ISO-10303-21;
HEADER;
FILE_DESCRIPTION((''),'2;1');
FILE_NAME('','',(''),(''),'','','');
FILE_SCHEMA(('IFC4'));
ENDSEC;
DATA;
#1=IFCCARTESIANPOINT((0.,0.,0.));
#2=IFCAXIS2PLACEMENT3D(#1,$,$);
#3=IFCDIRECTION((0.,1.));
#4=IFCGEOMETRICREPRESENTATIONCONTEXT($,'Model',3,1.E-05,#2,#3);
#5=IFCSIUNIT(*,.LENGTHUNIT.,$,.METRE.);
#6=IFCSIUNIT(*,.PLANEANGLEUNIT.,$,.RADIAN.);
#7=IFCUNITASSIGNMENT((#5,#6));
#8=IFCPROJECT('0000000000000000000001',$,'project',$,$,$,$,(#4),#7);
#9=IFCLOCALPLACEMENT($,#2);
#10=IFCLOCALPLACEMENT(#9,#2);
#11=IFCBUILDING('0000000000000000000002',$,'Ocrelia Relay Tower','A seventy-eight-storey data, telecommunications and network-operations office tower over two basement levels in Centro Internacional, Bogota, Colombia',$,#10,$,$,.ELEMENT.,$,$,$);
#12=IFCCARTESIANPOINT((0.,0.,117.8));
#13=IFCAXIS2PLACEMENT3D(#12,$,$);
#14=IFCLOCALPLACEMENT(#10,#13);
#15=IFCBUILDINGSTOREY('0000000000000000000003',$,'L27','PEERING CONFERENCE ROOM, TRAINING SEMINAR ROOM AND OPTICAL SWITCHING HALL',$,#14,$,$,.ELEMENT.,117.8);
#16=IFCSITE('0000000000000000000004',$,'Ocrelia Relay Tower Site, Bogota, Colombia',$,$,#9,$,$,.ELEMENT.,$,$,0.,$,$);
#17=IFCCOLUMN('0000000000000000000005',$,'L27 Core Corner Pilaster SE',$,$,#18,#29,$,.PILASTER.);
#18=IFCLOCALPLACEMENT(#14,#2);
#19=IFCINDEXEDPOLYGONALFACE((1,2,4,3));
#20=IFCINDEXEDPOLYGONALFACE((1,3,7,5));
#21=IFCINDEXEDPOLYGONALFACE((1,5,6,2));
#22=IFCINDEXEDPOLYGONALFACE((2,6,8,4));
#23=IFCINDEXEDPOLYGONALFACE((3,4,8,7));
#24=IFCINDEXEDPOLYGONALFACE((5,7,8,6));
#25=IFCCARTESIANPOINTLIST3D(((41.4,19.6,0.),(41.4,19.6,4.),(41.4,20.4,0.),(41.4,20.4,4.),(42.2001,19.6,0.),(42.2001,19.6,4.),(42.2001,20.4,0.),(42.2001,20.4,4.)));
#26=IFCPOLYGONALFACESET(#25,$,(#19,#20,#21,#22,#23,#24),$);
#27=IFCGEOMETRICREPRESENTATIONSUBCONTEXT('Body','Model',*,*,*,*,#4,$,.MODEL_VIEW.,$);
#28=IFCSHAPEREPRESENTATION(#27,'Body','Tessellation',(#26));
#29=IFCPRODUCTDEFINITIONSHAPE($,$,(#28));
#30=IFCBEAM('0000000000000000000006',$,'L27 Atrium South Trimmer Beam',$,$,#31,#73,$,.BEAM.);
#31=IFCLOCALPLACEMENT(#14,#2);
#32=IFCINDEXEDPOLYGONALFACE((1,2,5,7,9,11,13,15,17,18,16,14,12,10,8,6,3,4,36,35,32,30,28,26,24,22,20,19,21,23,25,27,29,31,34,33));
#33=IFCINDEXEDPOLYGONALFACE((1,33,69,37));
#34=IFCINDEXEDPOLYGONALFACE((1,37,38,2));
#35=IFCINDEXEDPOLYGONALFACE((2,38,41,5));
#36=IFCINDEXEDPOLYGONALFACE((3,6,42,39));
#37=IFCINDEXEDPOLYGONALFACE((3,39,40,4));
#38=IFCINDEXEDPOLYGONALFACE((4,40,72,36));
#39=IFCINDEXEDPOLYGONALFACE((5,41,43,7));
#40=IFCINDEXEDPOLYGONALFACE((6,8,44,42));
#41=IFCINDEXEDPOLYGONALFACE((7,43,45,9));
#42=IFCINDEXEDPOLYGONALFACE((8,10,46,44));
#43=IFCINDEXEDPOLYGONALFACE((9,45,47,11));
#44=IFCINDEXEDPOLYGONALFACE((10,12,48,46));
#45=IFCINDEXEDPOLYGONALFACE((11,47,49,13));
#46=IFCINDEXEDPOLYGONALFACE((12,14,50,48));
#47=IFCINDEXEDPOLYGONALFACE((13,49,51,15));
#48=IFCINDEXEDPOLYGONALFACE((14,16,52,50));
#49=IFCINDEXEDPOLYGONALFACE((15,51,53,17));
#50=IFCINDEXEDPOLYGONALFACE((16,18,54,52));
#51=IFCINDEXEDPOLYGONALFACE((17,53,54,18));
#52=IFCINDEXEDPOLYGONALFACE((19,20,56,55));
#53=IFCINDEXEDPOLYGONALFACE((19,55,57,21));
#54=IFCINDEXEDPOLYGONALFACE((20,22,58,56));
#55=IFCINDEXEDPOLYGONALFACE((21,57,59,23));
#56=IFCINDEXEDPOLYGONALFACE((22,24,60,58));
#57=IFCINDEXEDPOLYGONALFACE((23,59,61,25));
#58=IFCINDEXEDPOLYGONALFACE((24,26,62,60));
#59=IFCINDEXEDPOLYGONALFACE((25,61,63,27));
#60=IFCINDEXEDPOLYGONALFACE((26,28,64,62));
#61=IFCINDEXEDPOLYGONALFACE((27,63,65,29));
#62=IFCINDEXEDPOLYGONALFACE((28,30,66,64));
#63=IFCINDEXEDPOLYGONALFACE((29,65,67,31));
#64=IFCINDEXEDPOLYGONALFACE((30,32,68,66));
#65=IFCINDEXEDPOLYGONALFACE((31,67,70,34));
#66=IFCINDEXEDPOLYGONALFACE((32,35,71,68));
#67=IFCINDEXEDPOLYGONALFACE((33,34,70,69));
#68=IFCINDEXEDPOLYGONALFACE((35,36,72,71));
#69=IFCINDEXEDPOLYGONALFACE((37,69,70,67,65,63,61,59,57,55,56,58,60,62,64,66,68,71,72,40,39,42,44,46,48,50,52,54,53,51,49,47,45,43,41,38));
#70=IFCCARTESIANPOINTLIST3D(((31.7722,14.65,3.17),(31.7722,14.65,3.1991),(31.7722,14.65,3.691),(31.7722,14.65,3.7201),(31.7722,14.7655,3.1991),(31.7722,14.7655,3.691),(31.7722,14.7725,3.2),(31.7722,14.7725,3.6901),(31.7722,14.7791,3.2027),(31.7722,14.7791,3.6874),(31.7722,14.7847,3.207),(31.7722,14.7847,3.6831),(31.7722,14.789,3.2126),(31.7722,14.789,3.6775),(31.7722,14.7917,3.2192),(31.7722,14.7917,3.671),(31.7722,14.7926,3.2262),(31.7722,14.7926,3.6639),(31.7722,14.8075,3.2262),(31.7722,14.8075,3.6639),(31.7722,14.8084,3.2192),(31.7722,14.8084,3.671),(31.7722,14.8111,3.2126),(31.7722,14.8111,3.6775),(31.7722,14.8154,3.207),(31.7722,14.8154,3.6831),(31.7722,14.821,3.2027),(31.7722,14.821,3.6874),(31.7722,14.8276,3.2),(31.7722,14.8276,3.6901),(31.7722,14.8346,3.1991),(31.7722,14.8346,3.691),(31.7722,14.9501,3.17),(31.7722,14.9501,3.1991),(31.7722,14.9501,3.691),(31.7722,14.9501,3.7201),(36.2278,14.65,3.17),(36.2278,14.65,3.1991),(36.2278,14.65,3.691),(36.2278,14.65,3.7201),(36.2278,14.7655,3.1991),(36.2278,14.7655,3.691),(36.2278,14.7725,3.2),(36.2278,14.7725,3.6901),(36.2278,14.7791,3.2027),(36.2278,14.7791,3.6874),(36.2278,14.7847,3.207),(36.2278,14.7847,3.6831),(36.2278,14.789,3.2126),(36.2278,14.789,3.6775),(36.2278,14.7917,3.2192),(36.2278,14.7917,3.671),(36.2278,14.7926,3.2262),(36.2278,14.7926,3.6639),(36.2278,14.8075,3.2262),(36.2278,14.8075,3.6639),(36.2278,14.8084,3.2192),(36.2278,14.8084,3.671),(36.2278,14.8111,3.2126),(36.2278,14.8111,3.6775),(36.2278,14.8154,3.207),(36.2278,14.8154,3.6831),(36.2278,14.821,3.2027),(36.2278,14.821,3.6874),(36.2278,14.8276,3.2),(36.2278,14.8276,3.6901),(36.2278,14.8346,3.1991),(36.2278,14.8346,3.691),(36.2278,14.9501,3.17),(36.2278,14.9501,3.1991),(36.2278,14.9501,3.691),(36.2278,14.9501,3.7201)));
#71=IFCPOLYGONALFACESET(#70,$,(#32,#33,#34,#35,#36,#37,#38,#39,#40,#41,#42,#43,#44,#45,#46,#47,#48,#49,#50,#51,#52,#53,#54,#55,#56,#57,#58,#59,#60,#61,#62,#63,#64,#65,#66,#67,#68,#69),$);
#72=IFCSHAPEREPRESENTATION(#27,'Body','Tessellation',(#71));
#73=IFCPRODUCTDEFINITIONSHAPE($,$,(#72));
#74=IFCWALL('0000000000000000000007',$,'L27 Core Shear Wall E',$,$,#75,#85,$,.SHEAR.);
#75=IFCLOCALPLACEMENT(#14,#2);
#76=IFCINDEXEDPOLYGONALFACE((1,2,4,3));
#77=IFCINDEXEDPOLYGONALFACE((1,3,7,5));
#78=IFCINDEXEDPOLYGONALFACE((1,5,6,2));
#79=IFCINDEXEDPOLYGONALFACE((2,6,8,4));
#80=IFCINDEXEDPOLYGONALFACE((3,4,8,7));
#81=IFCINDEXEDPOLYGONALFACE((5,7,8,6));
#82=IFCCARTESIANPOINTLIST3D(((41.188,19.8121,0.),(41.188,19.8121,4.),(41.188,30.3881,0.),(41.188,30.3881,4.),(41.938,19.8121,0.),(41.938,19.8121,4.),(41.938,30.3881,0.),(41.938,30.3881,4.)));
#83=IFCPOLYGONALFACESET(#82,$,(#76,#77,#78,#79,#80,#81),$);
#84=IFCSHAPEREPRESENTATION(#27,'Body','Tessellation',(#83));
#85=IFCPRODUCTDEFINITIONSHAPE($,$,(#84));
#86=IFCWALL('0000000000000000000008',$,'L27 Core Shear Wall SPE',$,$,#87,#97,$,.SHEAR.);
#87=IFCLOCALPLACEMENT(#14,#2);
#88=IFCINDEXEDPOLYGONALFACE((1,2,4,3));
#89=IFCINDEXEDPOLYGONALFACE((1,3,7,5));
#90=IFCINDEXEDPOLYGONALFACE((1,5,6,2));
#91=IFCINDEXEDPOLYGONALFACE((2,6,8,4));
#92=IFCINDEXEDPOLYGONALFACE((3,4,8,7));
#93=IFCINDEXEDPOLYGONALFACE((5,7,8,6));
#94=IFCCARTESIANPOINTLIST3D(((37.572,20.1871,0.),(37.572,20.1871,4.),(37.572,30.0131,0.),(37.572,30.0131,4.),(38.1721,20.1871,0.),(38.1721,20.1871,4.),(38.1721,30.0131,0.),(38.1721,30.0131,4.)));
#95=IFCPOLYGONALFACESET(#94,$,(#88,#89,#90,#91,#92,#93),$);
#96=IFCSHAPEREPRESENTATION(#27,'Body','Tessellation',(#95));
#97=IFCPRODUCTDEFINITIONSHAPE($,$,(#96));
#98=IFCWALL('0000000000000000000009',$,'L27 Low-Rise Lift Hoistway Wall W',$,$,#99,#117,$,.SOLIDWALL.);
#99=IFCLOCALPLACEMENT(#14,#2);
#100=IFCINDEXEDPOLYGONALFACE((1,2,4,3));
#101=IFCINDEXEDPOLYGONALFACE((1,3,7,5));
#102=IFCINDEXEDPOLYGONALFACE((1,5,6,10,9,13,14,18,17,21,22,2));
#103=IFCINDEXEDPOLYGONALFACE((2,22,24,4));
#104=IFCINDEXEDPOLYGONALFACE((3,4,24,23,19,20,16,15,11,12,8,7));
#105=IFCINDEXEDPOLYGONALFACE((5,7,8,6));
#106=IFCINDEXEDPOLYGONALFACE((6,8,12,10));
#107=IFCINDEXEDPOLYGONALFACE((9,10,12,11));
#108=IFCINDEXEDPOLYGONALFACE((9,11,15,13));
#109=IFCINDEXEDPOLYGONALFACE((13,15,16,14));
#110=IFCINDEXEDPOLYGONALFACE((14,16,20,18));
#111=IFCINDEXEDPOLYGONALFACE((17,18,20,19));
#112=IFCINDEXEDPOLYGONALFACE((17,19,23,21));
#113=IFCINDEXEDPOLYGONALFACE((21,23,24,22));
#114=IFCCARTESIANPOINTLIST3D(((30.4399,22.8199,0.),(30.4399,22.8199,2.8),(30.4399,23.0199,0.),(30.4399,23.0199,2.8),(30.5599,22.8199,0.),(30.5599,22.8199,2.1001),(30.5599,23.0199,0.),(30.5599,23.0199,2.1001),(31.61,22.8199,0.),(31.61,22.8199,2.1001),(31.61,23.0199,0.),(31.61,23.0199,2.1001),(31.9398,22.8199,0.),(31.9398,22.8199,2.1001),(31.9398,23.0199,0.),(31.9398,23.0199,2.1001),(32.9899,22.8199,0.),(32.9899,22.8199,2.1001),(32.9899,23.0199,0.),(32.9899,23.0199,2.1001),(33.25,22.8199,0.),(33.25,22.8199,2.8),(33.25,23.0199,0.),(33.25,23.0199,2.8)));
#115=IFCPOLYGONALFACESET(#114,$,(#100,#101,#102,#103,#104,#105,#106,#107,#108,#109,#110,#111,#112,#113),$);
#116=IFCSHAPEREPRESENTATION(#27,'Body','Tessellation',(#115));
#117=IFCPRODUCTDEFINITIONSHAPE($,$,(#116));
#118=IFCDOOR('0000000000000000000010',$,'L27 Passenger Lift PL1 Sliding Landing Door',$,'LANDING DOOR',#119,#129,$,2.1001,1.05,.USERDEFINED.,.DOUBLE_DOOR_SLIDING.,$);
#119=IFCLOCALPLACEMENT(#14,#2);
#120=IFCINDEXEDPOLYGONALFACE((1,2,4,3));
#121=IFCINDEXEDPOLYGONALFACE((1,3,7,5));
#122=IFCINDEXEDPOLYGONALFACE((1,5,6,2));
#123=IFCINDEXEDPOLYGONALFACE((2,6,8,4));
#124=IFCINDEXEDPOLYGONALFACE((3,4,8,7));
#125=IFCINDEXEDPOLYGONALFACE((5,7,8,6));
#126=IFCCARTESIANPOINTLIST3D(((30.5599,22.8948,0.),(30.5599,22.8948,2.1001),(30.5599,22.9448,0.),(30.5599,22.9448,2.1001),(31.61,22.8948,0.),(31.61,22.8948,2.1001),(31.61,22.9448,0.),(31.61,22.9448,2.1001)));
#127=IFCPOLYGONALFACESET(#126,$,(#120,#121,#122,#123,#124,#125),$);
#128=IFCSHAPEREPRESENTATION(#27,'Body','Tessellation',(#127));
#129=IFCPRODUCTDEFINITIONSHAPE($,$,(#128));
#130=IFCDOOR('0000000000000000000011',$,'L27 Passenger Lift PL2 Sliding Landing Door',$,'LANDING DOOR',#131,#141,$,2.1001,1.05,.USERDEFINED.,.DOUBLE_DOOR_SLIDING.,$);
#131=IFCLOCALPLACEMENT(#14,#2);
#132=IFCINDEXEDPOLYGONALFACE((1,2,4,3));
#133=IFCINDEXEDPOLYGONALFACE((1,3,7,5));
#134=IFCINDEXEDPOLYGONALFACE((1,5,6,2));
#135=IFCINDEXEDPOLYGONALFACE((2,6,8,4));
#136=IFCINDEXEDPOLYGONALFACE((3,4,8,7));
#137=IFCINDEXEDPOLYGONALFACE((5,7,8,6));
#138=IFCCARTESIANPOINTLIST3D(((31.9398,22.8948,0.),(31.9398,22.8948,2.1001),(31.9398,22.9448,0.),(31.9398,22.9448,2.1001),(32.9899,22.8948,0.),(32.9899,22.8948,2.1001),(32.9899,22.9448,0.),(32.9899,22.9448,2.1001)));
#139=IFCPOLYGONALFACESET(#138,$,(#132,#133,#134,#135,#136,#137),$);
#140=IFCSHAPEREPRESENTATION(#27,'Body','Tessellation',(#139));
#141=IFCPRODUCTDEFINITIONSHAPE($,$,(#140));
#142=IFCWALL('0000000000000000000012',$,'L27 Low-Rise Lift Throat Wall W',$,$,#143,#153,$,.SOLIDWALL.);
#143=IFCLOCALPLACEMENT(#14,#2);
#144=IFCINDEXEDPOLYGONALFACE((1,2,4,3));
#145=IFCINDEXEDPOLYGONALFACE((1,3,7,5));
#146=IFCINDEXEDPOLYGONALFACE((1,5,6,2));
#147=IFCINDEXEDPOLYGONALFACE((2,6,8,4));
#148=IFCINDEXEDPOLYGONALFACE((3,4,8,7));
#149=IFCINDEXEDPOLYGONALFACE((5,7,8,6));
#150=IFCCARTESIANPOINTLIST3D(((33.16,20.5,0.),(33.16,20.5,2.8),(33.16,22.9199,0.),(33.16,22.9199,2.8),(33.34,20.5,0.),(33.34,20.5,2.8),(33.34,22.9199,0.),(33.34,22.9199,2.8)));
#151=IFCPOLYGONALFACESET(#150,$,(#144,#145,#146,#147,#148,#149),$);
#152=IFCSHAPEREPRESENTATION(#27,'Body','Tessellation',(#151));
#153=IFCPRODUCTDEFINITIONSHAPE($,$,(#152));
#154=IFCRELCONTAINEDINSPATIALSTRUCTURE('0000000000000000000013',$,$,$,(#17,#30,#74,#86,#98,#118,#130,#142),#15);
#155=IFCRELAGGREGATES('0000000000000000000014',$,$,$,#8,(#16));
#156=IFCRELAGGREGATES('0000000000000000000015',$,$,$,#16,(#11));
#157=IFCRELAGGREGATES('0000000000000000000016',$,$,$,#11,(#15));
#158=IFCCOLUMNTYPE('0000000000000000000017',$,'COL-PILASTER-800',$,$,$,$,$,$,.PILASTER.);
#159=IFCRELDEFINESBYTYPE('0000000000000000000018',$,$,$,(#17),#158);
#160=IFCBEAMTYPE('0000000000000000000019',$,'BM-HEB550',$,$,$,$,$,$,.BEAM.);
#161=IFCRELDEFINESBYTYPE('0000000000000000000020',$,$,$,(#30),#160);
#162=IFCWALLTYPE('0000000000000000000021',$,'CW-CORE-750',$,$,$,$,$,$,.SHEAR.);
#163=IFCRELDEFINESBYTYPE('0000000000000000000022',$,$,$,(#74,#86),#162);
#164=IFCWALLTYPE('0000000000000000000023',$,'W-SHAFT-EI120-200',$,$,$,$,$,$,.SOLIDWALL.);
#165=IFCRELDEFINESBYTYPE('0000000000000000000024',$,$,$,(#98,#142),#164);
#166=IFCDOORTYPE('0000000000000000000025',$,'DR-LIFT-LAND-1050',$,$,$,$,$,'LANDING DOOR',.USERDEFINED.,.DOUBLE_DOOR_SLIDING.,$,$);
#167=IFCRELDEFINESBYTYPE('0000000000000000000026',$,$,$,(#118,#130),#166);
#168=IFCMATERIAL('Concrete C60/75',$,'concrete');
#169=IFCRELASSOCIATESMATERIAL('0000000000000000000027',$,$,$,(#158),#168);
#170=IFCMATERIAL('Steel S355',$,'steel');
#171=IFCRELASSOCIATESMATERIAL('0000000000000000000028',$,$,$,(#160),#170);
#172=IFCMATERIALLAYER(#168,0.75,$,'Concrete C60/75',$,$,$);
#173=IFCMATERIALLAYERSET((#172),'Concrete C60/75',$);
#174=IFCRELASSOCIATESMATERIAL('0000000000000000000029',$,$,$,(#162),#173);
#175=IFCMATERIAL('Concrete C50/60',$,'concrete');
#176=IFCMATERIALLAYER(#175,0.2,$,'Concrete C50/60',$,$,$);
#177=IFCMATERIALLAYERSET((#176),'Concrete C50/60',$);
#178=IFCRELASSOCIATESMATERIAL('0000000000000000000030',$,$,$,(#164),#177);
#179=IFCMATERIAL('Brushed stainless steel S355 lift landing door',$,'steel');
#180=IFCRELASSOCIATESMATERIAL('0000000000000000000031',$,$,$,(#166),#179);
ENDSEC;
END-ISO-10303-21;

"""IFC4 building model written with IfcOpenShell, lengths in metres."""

from ifc_helpers import new_model, si_unit, direction, frame, frame_2d, origin, origin_2d, place, context, subcontext, project, spatial, rectangle, i_section, extrude, material, layer, layer_set, material_profile, profile_set, type_object, element, fill, save


model = new_model("IFC4")

# Units and contexts
model_context = context("Model", 3, precision=1e-05, world=origin(), true_north=direction((0.0, 1.0)))
body_context = subcontext(model_context, "Body", "Model", "MODEL_VIEW")
ifc_project = project(units=[si_unit("LENGTHUNIT", "METRE"), si_unit("PLANEANGLEUNIT", "RADIAN")], contexts=[model_context])

# Site, building, storey
site_placement = place(None, origin())
site = spatial("IfcSite", under=ifc_project, at=site_placement, Name="Ocrelia Relay Tower Site, Bogota, Colombia", CompositionType="ELEMENT", RefElevation=0.0)
building_placement = place(site_placement, origin())
building = spatial("IfcBuilding", under=site, at=building_placement, Name="Ocrelia Relay Tower", Description="A seventy-eight-storey data, telecommunications and network-operations office tower over two basement levels in Centro Internacional, Bogota, Colombia", CompositionType="ELEMENT")
storey_placement = place(building_placement, frame((0.0, 0.0, 117.8)))
storey = spatial("IfcBuildingStorey", under=building, at=storey_placement, Name="L27", Description="PEERING CONFERENCE ROOM, TRAINING SEMINAR ROOM AND OPTICAL SWITCHING HALL", CompositionType="ELEMENT", Elevation=117.8)

# Column
ifc_material_1 = material(Name="Concrete C60/75", Category="concrete")
ifc_material_profile_1 = material_profile(ifc_material_1, rectangle(XDim=0.8, YDim=0.8, at=origin_2d()), Name="RC-COL-800x800")
ifc_profile_set_1 = profile_set([ifc_material_profile_1], Name="Concrete C60/75")
column_type = type_object("IfcColumnType", Name="COL-PILASTER-800", PredefinedType="PILASTER", material=ifc_profile_set_1)
column_placement = place(storey_placement, frame((41.8, 20.0, 0.0), z_axis=(0.0, 0.0, 1.0), x_axis=(1.0, 0.0, 0.0)))
element("IfcColumn", 1, at=column_placement, inside=storey, type_object=column_type, Name="L27 Core Corner Pilaster SE", PredefinedType="PILASTER", context=body_context, shape_type="SweptSolid", body=[
    extrude(rectangle(XDim=0.8, YDim=0.8, at=origin_2d()), origin(), (0.0, 0.0, 1.0), 4.0),
])

# Beam
ifc_material_2 = material(Name="Steel S355", Category="steel")
ifc_material_profile_2 = material_profile(ifc_material_2, i_section(OverallWidth=0.3, OverallDepth=0.55, WebThickness=0.0149, FlangeThickness=0.0291, FilletRadius=0.0271, at=origin_2d()), Name="HEB 550")
ifc_profile_set_2 = profile_set([ifc_material_profile_2], Name="Steel S355")
beam_type = type_object("IfcBeamType", Name="BM-HEB550", PredefinedType="BEAM", material=ifc_profile_set_2)
beam_placement = place(storey_placement, frame((31.7722, 14.8, 3.4451), z_axis=(1.0, 0.0, 0.0), x_axis=(0.0, 1.0, 0.0)))
element("IfcBeam", 2, at=beam_placement, inside=storey, type_object=beam_type, Name="L27 Atrium South Trimmer Beam", PredefinedType="BEAM", context=body_context, shape_type="SweptSolid", body=[
    extrude(i_section(OverallWidth=0.3, OverallDepth=0.55, WebThickness=0.0149, FlangeThickness=0.0291, FilletRadius=0.0271, at=origin_2d()), origin(), (0.0, 0.0, 1.0), 4.4556),
])

# Walls
ifc_layer_1 = layer(ifc_material_1, 0.75, Name="Concrete C60/75")
ifc_layer_set_1 = layer_set([ifc_layer_1], Name="Concrete C60/75")
wall_type_1 = type_object("IfcWallType", Name="CW-CORE-750", PredefinedType="SHEAR", material=ifc_layer_set_1)
wall_1_placement = place(storey_placement, frame((41.563, 19.812, 0.0), z_axis=(0.0, 0.0, 1.0), x_axis=(0.0, 1.0, 0.0)))
element("IfcWall", 3, at=wall_1_placement, inside=storey, type_object=wall_type_1, Name="L27 Core Shear Wall E", PredefinedType="SHEAR", context=body_context, shape_type="SweptSolid", body=[
    extrude(rectangle(XDim=10.5759, YDim=0.75, at=frame_2d((5.2881, 0.0))), origin(), (0.0, 0.0, 1.0), 4.0),
])
wall_2_placement = place(storey_placement, frame((37.8721, 20.187, 0.0), z_axis=(0.0, 0.0, 1.0), x_axis=(0.0, 1.0, 0.0)))
element("IfcWall", 4, at=wall_2_placement, inside=storey, type_object=wall_type_1, Name="L27 Core Shear Wall SPE", PredefinedType="SHEAR", context=body_context, shape_type="SweptSolid", body=[
    extrude(rectangle(XDim=9.8259, YDim=0.6001, at=frame_2d((4.9131, 0.0))), origin(), (0.0, 0.0, 1.0), 4.0),
])

# Wall, openings, doors
ifc_material_3 = material(Name="Concrete C50/60", Category="concrete")
ifc_layer_2 = layer(ifc_material_3, 0.2, Name="Concrete C50/60")
ifc_layer_set_2 = layer_set([ifc_layer_2], Name="Concrete C50/60")
wall_type_2 = type_object("IfcWallType", Name="W-SHAFT-EI120-200", PredefinedType="SOLIDWALL", material=ifc_layer_set_2)
wall_3_placement = place(storey_placement, frame((30.4399, 22.9199, 0.0), z_axis=(0.0, 0.0, 1.0), x_axis=(1.0, 0.0, 0.0)))
wall_3 = element("IfcWall", 5, at=wall_3_placement, inside=storey, type_object=wall_type_2, Name="L27 Low-Rise Lift Hoistway Wall W", PredefinedType="SOLIDWALL", context=body_context, shape_type="SweptSolid", body=[
    extrude(rectangle(XDim=2.8101, YDim=0.2, at=frame_2d((1.405, 0.0))), origin(), (0.0, 0.0, 1.0), 2.8),
])
opening_1_placement = place(wall_3_placement, frame((0.1201, 0.0, 0.0)))
opening_1 = element("IfcOpeningElement", 6, at=opening_1_placement, cuts=wall_3, PredefinedType="OPENING", context=body_context, shape_type="SweptSolid", body=[
    extrude(rectangle(XDim=1.05, YDim=2.1001, at=frame_2d((0.5249, 1.05))), frame((0.0, 0.1099, 0.0), z_axis=(0.0, -1.0, 0.0), x_axis=(1.0, 0.0, 0.0)), (0.0, 0.0, 1.0), 0.22),
])
opening_2_placement = place(wall_3_placement, frame((1.5, 0.0, 0.0)))
opening_2 = element("IfcOpeningElement", 7, at=opening_2_placement, cuts=wall_3, PredefinedType="OPENING", context=body_context, shape_type="SweptSolid", body=[
    extrude(rectangle(XDim=1.05, YDim=2.1001, at=frame_2d((0.5249, 1.05))), frame((0.0, 0.1099, 0.0), z_axis=(0.0, -1.0, 0.0), x_axis=(1.0, 0.0, 0.0)), (0.0, 0.0, 1.0), 0.22),
])
ifc_material_4 = material(Name="Brushed stainless steel S355 lift landing door", Category="steel")
door_type = type_object("IfcDoorType", Name="DR-LIFT-LAND-1050", ElementType="LANDING DOOR", OperationType="DOUBLE_DOOR_SLIDING", PredefinedType="USERDEFINED", material=ifc_material_4)
door_1_placement = place(opening_1_placement, origin())
door_1 = element("IfcDoor", 8, at=door_1_placement, inside=storey, type_object=door_type, Name="L27 Passenger Lift PL1 Sliding Landing Door", ObjectType="LANDING DOOR", OperationType="DOUBLE_DOOR_SLIDING", OverallHeight=2.1001, OverallWidth=1.05, PredefinedType="USERDEFINED", context=body_context, shape_type="SweptSolid", body=[
    extrude(rectangle(XDim=1.05, YDim=2.1001, at=frame_2d((0.5249, 1.05))), frame((0.0, 0.0249, 0.0), z_axis=(0.0, -1.0, 0.0), x_axis=(1.0, 0.0, 0.0)), (0.0, 0.0, 1.0), 0.05),
])
fill(opening_1, door_1)
door_2_placement = place(opening_2_placement, origin())
door_2 = element("IfcDoor", 9, at=door_2_placement, inside=storey, type_object=door_type, Name="L27 Passenger Lift PL2 Sliding Landing Door", ObjectType="LANDING DOOR", OperationType="DOUBLE_DOOR_SLIDING", OverallHeight=2.1001, OverallWidth=1.05, PredefinedType="USERDEFINED", context=body_context, shape_type="SweptSolid", body=[
    extrude(rectangle(XDim=1.05, YDim=2.1001, at=frame_2d((0.5249, 1.05))), frame((0.0, 0.0249, 0.0), z_axis=(0.0, -1.0, 0.0), x_axis=(1.0, 0.0, 0.0)), (0.0, 0.0, 1.0), 0.05),
])
fill(opening_2, door_2)

# Wall
wall_4_placement = place(storey_placement, frame((33.25, 20.5, 0.0), z_axis=(0.0, 0.0, 1.0), x_axis=(0.0, 1.0, 0.0)))
element("IfcWall", 10, at=wall_4_placement, inside=storey, type_object=wall_type_2, Name="L27 Low-Rise Lift Throat Wall W", PredefinedType="SOLIDWALL", context=body_context, shape_type="SweptSolid", body=[
    extrude(rectangle(XDim=2.4199, YDim=0.1799, at=frame_2d((1.21, 0.0))), origin(), (0.0, 0.0, 1.0), 2.8),
])

save(model, "model.ifc")
